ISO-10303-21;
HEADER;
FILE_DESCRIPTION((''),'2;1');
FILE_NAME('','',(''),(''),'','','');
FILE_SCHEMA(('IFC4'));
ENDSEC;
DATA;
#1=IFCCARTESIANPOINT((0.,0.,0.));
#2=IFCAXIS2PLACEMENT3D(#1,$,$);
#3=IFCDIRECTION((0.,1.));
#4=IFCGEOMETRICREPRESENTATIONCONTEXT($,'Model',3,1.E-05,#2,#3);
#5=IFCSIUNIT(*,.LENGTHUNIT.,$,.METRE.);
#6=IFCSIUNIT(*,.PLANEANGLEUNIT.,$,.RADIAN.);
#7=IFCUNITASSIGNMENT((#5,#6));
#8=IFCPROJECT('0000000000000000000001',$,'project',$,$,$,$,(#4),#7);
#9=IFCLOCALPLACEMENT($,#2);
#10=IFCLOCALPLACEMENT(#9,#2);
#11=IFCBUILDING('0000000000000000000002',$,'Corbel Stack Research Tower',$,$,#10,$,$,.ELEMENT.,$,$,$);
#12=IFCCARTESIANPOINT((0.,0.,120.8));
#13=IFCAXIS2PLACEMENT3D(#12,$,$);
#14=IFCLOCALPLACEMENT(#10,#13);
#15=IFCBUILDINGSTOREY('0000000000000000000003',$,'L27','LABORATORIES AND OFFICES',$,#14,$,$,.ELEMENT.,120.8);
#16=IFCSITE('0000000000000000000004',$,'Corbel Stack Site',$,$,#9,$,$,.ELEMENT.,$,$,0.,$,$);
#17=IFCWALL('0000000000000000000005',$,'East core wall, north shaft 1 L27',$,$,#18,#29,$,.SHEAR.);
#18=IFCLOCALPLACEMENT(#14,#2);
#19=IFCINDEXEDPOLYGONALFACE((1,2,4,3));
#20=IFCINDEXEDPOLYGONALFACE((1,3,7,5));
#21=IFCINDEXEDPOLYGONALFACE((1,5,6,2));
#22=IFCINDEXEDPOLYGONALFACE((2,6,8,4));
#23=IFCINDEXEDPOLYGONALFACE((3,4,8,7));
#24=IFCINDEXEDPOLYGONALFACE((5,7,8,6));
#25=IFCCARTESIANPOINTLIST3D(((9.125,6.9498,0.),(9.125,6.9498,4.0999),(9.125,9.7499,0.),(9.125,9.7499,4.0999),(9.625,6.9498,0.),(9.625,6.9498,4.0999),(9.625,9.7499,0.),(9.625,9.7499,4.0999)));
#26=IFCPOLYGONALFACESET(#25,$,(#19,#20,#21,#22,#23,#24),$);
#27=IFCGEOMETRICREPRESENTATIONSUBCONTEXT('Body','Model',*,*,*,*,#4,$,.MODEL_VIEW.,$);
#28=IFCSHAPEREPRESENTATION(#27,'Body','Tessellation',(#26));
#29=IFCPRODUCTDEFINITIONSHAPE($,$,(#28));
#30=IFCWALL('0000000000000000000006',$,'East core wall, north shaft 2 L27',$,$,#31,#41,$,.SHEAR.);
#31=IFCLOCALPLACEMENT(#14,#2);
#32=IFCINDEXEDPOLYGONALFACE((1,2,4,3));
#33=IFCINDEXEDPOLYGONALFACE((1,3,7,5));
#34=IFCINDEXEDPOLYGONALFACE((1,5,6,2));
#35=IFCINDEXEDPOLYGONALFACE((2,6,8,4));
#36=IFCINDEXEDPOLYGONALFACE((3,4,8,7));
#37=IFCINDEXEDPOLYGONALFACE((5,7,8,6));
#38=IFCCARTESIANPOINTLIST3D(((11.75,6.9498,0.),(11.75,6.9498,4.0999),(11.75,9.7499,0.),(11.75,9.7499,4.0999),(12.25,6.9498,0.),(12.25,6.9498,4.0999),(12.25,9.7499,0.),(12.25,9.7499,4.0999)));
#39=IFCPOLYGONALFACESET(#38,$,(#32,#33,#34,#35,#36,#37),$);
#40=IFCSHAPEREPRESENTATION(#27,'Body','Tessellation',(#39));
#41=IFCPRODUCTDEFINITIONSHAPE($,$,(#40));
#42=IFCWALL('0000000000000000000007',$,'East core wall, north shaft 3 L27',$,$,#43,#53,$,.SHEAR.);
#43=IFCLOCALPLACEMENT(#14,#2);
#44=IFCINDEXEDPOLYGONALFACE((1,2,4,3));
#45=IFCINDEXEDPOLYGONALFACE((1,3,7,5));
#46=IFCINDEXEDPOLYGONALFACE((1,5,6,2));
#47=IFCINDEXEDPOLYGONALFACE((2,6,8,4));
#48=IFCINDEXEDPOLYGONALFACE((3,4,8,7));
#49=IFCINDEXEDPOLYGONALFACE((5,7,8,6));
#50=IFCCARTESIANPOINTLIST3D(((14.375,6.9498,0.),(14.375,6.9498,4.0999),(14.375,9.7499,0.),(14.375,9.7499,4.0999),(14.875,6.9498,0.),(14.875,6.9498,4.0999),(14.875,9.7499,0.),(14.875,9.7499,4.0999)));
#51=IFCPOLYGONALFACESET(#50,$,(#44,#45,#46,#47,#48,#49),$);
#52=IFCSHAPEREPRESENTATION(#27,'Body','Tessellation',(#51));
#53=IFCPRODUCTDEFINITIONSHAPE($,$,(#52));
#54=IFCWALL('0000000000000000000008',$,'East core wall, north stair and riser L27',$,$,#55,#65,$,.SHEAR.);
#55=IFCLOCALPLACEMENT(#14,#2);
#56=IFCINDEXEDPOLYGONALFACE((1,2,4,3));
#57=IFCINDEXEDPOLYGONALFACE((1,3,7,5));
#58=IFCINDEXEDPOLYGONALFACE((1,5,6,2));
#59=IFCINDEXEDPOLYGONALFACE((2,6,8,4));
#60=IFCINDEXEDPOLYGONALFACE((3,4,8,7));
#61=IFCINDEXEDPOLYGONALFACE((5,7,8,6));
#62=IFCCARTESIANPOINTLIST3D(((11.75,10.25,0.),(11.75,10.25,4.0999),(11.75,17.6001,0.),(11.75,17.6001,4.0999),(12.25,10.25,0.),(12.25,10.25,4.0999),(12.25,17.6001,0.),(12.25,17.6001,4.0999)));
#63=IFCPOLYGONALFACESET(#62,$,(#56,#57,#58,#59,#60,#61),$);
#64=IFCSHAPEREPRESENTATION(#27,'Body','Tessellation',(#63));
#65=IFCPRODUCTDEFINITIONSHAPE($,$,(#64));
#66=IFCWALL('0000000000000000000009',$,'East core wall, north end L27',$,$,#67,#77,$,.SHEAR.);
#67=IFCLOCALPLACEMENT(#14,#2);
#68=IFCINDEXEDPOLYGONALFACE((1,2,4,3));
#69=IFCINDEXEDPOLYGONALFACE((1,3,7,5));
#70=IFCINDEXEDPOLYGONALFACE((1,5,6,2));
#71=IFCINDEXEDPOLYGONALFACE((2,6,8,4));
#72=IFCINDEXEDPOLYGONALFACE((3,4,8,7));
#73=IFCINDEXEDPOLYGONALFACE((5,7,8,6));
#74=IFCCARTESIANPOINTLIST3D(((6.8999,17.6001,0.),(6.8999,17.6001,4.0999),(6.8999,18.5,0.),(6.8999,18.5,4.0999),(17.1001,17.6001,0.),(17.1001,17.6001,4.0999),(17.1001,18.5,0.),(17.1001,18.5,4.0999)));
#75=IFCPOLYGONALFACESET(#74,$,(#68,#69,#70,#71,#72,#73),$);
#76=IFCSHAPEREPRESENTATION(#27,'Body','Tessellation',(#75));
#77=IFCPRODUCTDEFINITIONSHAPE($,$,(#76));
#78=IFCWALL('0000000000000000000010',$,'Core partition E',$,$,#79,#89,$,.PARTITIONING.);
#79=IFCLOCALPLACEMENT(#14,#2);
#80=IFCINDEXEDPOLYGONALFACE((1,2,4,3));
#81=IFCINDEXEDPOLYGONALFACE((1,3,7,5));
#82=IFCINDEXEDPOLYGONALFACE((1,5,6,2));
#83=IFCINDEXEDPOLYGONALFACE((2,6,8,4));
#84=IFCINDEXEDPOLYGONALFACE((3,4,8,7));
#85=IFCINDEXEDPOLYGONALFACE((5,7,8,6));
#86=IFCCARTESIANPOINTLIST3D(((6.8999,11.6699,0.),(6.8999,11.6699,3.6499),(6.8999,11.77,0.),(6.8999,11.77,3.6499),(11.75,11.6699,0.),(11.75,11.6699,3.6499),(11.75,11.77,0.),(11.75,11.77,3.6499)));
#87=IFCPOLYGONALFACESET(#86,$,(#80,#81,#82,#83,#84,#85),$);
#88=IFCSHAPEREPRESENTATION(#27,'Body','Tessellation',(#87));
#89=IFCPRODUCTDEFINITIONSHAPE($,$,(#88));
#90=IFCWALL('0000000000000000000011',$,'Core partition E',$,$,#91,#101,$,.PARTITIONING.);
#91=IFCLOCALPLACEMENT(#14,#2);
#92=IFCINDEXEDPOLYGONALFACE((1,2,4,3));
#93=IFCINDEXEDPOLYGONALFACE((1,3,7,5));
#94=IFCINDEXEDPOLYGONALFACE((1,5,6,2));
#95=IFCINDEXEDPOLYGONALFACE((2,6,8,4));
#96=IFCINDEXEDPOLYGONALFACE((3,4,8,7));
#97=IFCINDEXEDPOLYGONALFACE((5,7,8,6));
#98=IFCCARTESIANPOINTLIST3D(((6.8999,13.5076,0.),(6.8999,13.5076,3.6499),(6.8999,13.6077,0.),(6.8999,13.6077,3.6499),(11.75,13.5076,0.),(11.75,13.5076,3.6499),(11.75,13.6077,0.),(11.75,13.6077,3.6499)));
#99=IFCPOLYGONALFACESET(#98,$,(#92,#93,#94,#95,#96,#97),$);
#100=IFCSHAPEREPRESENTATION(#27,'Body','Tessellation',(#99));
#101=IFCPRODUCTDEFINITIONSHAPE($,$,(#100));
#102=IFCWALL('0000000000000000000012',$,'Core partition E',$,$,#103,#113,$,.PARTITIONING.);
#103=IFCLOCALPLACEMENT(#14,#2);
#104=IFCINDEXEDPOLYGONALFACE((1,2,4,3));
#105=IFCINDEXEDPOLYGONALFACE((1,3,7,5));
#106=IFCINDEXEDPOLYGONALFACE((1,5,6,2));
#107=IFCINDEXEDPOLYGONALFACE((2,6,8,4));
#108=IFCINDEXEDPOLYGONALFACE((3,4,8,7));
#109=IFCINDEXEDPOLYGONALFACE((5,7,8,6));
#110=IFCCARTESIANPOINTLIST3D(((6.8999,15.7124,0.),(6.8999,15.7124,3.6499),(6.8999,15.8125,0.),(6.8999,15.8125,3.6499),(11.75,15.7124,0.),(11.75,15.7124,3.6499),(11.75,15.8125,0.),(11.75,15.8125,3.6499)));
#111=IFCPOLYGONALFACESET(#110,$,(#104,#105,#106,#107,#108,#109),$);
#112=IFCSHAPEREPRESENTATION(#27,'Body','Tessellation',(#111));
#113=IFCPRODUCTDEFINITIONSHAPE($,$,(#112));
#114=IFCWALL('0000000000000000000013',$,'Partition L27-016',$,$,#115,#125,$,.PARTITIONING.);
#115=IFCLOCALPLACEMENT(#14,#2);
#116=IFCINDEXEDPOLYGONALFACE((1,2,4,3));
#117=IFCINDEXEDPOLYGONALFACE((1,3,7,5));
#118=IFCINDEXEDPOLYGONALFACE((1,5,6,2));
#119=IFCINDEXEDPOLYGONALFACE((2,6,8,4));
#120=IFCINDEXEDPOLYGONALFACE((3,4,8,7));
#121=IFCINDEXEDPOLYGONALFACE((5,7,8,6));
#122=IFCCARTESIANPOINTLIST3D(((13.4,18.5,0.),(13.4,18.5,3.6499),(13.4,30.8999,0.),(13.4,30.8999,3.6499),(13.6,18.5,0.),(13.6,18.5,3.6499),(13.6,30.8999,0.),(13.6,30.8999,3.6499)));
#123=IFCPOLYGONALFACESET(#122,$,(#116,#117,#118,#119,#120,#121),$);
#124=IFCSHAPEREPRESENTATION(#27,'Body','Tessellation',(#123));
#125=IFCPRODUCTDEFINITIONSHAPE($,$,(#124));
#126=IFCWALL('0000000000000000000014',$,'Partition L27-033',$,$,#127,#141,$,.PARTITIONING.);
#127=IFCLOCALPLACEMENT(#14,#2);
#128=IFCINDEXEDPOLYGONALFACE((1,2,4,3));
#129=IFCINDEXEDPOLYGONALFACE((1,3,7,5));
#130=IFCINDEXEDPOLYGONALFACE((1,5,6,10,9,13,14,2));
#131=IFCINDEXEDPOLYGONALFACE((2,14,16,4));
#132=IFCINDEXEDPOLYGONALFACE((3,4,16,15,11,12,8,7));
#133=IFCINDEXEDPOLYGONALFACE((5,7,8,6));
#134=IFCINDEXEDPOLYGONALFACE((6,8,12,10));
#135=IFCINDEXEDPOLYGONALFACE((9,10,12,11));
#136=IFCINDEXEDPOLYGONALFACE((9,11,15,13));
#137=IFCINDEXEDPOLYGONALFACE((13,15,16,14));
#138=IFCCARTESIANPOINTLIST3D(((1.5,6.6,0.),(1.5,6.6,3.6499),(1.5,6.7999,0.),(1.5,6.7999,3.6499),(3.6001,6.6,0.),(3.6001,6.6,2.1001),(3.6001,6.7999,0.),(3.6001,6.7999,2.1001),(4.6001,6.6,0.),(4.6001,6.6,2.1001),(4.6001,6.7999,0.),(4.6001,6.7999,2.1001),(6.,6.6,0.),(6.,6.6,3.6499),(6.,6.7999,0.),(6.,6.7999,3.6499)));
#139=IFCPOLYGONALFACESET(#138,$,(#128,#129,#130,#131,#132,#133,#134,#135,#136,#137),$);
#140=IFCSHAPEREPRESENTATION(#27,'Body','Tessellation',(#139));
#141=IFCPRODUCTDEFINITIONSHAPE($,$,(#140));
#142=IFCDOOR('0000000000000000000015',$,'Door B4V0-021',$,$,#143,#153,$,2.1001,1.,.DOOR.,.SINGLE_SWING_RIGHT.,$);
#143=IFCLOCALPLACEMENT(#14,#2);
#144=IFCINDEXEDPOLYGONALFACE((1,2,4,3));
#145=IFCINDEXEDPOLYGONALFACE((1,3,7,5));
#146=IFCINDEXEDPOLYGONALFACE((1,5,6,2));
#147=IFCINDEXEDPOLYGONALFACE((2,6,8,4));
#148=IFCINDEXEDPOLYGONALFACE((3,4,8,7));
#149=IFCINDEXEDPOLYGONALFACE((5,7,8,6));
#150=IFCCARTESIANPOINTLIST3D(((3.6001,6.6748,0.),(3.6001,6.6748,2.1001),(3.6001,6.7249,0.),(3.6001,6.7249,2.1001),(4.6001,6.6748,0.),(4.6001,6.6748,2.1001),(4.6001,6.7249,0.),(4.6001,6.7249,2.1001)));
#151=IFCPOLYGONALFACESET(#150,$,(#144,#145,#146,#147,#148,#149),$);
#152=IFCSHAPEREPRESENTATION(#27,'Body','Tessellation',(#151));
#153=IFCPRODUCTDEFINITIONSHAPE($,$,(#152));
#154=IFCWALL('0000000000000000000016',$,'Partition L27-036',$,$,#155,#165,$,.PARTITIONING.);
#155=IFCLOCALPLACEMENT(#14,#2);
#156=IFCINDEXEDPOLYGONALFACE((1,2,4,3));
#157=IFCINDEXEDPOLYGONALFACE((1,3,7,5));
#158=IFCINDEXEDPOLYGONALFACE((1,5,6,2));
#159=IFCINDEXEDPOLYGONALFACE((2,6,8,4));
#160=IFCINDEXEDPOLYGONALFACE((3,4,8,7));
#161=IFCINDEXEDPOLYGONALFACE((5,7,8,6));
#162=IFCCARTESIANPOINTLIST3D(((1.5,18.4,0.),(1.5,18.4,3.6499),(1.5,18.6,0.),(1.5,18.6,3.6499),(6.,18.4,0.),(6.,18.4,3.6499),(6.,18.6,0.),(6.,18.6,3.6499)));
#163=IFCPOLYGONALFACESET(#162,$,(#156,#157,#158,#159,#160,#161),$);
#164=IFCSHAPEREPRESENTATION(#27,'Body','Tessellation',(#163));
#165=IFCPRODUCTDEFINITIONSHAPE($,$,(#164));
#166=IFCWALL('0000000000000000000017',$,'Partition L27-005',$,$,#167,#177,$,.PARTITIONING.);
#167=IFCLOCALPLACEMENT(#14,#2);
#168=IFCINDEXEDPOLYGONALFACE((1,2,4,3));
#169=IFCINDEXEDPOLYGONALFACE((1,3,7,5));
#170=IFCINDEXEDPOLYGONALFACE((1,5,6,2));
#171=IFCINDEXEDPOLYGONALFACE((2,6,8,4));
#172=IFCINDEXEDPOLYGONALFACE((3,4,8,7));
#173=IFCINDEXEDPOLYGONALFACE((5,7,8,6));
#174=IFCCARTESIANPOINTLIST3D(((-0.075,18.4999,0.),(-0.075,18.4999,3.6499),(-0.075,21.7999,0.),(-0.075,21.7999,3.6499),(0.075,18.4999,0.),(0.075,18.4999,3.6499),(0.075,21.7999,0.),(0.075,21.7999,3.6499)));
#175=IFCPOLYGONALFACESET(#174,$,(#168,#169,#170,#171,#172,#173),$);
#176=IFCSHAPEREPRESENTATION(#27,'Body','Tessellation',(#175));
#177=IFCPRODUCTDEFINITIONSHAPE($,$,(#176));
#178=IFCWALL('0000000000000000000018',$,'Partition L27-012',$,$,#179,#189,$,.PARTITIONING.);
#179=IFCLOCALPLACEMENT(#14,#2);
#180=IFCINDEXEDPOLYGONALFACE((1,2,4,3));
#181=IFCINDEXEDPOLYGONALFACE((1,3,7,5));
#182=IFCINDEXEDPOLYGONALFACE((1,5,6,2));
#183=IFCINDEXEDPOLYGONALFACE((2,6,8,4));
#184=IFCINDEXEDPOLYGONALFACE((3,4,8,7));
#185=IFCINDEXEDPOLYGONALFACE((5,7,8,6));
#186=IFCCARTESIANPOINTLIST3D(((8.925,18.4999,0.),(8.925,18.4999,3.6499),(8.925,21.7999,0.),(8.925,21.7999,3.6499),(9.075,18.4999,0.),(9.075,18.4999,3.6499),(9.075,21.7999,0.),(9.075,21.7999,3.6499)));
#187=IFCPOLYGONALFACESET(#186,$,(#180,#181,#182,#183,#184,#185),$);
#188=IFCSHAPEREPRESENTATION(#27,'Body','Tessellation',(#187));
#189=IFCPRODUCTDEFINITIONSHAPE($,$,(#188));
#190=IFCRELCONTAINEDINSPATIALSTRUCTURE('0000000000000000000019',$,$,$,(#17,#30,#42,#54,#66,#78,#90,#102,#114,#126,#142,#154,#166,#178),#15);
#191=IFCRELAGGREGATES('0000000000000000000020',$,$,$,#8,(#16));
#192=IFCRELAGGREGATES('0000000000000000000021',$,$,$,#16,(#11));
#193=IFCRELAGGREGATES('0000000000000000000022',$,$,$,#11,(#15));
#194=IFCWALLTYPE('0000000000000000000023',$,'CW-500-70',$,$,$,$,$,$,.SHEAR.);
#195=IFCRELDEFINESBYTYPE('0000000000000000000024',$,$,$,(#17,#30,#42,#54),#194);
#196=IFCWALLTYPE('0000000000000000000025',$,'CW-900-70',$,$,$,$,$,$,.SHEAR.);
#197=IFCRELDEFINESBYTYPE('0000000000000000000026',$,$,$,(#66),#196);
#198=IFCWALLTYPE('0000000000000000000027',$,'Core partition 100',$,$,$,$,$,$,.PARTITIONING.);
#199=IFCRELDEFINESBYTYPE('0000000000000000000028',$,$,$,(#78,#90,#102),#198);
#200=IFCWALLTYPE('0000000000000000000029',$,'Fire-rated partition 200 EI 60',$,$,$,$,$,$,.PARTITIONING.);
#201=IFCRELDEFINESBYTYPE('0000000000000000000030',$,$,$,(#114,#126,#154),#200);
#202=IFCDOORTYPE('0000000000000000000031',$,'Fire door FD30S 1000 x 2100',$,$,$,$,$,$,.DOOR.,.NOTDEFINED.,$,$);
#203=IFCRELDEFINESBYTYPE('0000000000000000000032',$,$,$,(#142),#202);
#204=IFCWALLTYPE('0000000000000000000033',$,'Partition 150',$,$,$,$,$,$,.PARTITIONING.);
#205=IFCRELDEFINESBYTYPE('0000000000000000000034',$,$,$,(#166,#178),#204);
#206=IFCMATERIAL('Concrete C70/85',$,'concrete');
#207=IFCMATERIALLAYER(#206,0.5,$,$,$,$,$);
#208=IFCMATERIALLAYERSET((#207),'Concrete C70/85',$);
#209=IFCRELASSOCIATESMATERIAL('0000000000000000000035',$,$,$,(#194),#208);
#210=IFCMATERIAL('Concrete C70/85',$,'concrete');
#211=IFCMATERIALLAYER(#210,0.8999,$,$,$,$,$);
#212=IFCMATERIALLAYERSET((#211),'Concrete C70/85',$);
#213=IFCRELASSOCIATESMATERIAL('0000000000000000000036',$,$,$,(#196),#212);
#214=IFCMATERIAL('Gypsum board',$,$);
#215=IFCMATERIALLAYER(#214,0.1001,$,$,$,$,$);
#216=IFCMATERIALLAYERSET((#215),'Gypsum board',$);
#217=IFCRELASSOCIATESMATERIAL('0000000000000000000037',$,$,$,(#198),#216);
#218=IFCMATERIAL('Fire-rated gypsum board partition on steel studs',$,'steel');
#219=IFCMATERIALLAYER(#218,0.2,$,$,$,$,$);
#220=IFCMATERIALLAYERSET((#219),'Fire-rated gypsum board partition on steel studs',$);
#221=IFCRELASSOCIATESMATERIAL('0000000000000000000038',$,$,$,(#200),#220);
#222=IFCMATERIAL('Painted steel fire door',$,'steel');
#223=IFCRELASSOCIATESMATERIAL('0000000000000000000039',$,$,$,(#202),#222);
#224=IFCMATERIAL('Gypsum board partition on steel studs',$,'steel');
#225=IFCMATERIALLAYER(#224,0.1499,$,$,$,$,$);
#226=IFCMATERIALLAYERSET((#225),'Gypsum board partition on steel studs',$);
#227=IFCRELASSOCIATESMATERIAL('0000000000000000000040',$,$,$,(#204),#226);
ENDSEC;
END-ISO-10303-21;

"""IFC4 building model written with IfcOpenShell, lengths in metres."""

from ifc_helpers import new_model, si_unit, direction, frame, frame_2d, origin, place, context, subcontext, project, spatial, rectangle, extrude, material, layer, layer_set, type_object, element, fill, save


model = new_model("IFC4")

# Units and contexts
model_context = context("Model", 3, precision=1e-05, world=origin(), true_north=direction((0.0, 1.0)))
body_context = subcontext(model_context, "Body", "Model", "MODEL_VIEW")
ifc_project = project(units=[si_unit("LENGTHUNIT", "METRE"), si_unit("PLANEANGLEUNIT", "RADIAN")], contexts=[model_context])

# Site, building, storey
site_placement = place(None, origin())
site = spatial("IfcSite", under=ifc_project, at=site_placement, Name="Corbel Stack Site", CompositionType="ELEMENT", RefElevation=0.0)
building_placement = place(site_placement, origin())
building = spatial("IfcBuilding", under=site, at=building_placement, Name="Corbel Stack Research Tower", CompositionType="ELEMENT")
storey_placement = place(building_placement, frame((0.0, 0.0, 120.8)))
storey = spatial("IfcBuildingStorey", under=building, at=storey_placement, Name="L27", Description="LABORATORIES AND OFFICES", CompositionType="ELEMENT", Elevation=120.8)

# Shared definitions
ifc_material_1 = material(Name="Concrete C70/85", Category="concrete")
ifc_layer_1 = layer(ifc_material_1, 0.5)
ifc_layer_set_1 = layer_set([ifc_layer_1], Name="Concrete C70/85")
wall_type_1 = type_object("IfcWallType", Name="CW-500-70", PredefinedType="SHEAR", material=ifc_layer_set_1)

# Walls
for number, where, z_axis, x_axis, name in (
    (1, (9.375, 6.95, 0.0), (0.0, 0.0, 1.0), (0.0, 1.0, 0.0), "East core wall, north shaft 1 L27"),
    (2, (12.0, 6.95, 0.0), (0.0, 0.0, 1.0), (0.0, 1.0, 0.0), "East core wall, north shaft 2 L27"),
    (3, (14.625, 6.95, 0.0), (0.0, 0.0, 1.0), (0.0, 1.0, 0.0), "East core wall, north shaft 3 L27"),
):
    element("IfcWall", number, at=place(storey_placement, frame(where, z_axis=z_axis, x_axis=x_axis)), inside=storey, type_object=wall_type_1, Name=name, PredefinedType="SHEAR", context=body_context, shape_type="SweptSolid", body=[
        extrude(rectangle(XDim=2.8, YDim=0.5, at=frame_2d((1.3999, 0.0))), origin(), (0.0, 0.0, 1.0), 4.0999),
    ])
wall_1_placement = place(storey_placement, frame((12.0, 10.25, 0.0), z_axis=(0.0, 0.0, 1.0), x_axis=(0.0, 1.0, 0.0)))
element("IfcWall", 4, at=wall_1_placement, inside=storey, type_object=wall_type_1, Name="East core wall, north stair and riser L27", PredefinedType="SHEAR", context=body_context, shape_type="SweptSolid", body=[
    extrude(rectangle(XDim=7.3501, YDim=0.5, at=frame_2d((3.675, 0.0))), origin(), (0.0, 0.0, 1.0), 4.0999),
])
ifc_material_2 = material(Name="Concrete C70/85", Category="concrete")
ifc_layer_2 = layer(ifc_material_2, 0.8999)
ifc_layer_set_2 = layer_set([ifc_layer_2], Name="Concrete C70/85")
wall_type_2 = type_object("IfcWallType", Name="CW-900-70", PredefinedType="SHEAR", material=ifc_layer_set_2)
wall_2_placement = place(storey_placement, frame((6.8999, 18.05, 0.0), z_axis=(0.0, 0.0, 1.0), x_axis=(1.0, 0.0, 0.0)))
element("IfcWall", 5, at=wall_2_placement, inside=storey, type_object=wall_type_2, Name="East core wall, north end L27", PredefinedType="SHEAR", context=body_context, shape_type="SweptSolid", body=[
    extrude(rectangle(XDim=10.2002, YDim=0.8999, at=frame_2d((5.1001, 0.0))), origin(), (0.0, 0.0, 1.0), 4.0999),
])
ifc_material_3 = material(Name="Gypsum board")
ifc_layer_3 = layer(ifc_material_3, 0.1001)
ifc_layer_set_3 = layer_set([ifc_layer_3], Name="Gypsum board")
wall_type_3 = type_object("IfcWallType", Name="Core partition 100", PredefinedType="PARTITIONING", material=ifc_layer_set_3)
for number, where, z_axis, x_axis, name in (
    (6, (6.8999, 11.72, 0.0), (0.0, 0.0, 1.0), (1.0, 0.0, 0.0), "Core partition E"),
    (7, (6.8999, 13.5576, 0.0), (0.0, 0.0, 1.0), (1.0, 0.0, 0.0), "Core partition E"),
    (8, (6.8999, 15.7625, 0.0), (0.0, 0.0, 1.0), (1.0, 0.0, 0.0), "Core partition E"),
):
    element("IfcWall", number, at=place(storey_placement, frame(where, z_axis=z_axis, x_axis=x_axis)), inside=storey, type_object=wall_type_3, Name=name, PredefinedType="PARTITIONING", context=body_context, shape_type="SweptSolid", body=[
        extrude(rectangle(XDim=4.8501, YDim=0.1001, at=frame_2d((2.425, 0.0))), origin(), (0.0, 0.0, 1.0), 3.6499),
    ])
ifc_material_4 = material(Name="Fire-rated gypsum board partition on steel studs", Category="steel")
ifc_layer_4 = layer(ifc_material_4, 0.2)
ifc_layer_set_4 = layer_set([ifc_layer_4], Name="Fire-rated gypsum board partition on steel studs")
wall_type_4 = type_object("IfcWallType", Name="Fire-rated partition 200 EI 60", PredefinedType="PARTITIONING", material=ifc_layer_set_4)
wall_3_placement = place(storey_placement, frame((13.5, 18.5, 0.0), z_axis=(0.0, 0.0, 1.0), x_axis=(0.0, 1.0, 0.0)))
element("IfcWall", 9, at=wall_3_placement, inside=storey, type_object=wall_type_4, Name="Partition L27-016", PredefinedType="PARTITIONING", context=body_context, shape_type="SweptSolid", body=[
    extrude(rectangle(XDim=12.3999, YDim=0.2, at=frame_2d((6.2, 0.0))), origin(), (0.0, 0.0, 1.0), 3.6499),
])

# Wall, opening, door
wall_4_placement = place(storey_placement, frame((1.5, 6.7, 0.0), z_axis=(0.0, 0.0, 1.0), x_axis=(1.0, 0.0, 0.0)))
wall_4 = element("IfcWall", 10, at=wall_4_placement, inside=storey, type_object=wall_type_4, Name="Partition L27-033", PredefinedType="PARTITIONING", context=body_context, shape_type="SweptSolid", body=[
    extrude(rectangle(XDim=4.5, YDim=0.2, at=frame_2d((2.25, 0.0))), origin(), (0.0, 0.0, 1.0), 3.6499),
])
opening_1_placement = place(wall_4_placement, frame((2.1001, 0.0, 0.0)))
opening_1 = element("IfcOpeningElement", 11, at=opening_1_placement, cuts=wall_4, PredefinedType="OPENING", context=body_context, shape_type="SweptSolid", body=[
    extrude(rectangle(XDim=1.0, YDim=2.1001, at=frame_2d((0.5, 1.05))), frame((0.0, 0.1099, 0.0), z_axis=(0.0, -1.0, 0.0), x_axis=(1.0, 0.0, 0.0)), (0.0, 0.0, 1.0), 0.22),
])
ifc_material_5 = material(Name="Painted steel fire door", Category="steel")
door_type_1 = type_object("IfcDoorType", Name="Fire door FD30S 1000 x 2100", OperationType="NOTDEFINED", PredefinedType="DOOR", material=ifc_material_5)
door_1_placement = place(opening_1_placement, origin())
door_1 = element("IfcDoor", 12, at=door_1_placement, inside=storey, type_object=door_type_1, Name="Door B4V0-021", OperationType="SINGLE_SWING_RIGHT", OverallHeight=2.1001, OverallWidth=1.0, PredefinedType="DOOR", context=body_context, shape_type="SweptSolid", body=[
    extrude(rectangle(XDim=1.0, YDim=2.1001, at=frame_2d((0.5, 1.05))), frame((0.0, 0.0249, 0.0), z_axis=(0.0, -1.0, 0.0), x_axis=(1.0, 0.0, 0.0)), (0.0, 0.0, 1.0), 0.05),
])
fill(opening_1, door_1)

# Walls
wall_5_placement = place(storey_placement, frame((1.5, 18.5, 0.0), z_axis=(0.0, 0.0, 1.0), x_axis=(1.0, 0.0, 0.0)))
element("IfcWall", 13, at=wall_5_placement, inside=storey, type_object=wall_type_4, Name="Partition L27-036", PredefinedType="PARTITIONING", context=body_context, shape_type="SweptSolid", body=[
    extrude(rectangle(XDim=4.5, YDim=0.2, at=frame_2d((2.25, 0.0))), origin(), (0.0, 0.0, 1.0), 3.6499),
])
ifc_material_6 = material(Name="Gypsum board partition on steel studs", Category="steel")
ifc_layer_5 = layer(ifc_material_6, 0.1499)
ifc_layer_set_5 = layer_set([ifc_layer_5], Name="Gypsum board partition on steel studs")
wall_type_5 = type_object("IfcWallType", Name="Partition 150", PredefinedType="PARTITIONING", material=ifc_layer_set_5)
for number, where, z_axis, x_axis, name in (
    (14, (0.0, 18.5, 0.0), (0.0, 0.0, 1.0), (0.0, 1.0, 0.0), "Partition L27-005"),
    (15, (9.0, 18.5, 0.0), (0.0, 0.0, 1.0), (0.0, 1.0, 0.0), "Partition L27-012"),
):
    element("IfcWall", number, at=place(storey_placement, frame(where, z_axis=z_axis, x_axis=x_axis)), inside=storey, type_object=wall_type_5, Name=name, PredefinedType="PARTITIONING", context=body_context, shape_type="SweptSolid", body=[
        extrude(rectangle(XDim=3.3, YDim=0.1499, at=frame_2d((1.6499, 0.0))), origin(), (0.0, 0.0, 1.0), 3.6499),
    ])

save(model, "model.ifc")
